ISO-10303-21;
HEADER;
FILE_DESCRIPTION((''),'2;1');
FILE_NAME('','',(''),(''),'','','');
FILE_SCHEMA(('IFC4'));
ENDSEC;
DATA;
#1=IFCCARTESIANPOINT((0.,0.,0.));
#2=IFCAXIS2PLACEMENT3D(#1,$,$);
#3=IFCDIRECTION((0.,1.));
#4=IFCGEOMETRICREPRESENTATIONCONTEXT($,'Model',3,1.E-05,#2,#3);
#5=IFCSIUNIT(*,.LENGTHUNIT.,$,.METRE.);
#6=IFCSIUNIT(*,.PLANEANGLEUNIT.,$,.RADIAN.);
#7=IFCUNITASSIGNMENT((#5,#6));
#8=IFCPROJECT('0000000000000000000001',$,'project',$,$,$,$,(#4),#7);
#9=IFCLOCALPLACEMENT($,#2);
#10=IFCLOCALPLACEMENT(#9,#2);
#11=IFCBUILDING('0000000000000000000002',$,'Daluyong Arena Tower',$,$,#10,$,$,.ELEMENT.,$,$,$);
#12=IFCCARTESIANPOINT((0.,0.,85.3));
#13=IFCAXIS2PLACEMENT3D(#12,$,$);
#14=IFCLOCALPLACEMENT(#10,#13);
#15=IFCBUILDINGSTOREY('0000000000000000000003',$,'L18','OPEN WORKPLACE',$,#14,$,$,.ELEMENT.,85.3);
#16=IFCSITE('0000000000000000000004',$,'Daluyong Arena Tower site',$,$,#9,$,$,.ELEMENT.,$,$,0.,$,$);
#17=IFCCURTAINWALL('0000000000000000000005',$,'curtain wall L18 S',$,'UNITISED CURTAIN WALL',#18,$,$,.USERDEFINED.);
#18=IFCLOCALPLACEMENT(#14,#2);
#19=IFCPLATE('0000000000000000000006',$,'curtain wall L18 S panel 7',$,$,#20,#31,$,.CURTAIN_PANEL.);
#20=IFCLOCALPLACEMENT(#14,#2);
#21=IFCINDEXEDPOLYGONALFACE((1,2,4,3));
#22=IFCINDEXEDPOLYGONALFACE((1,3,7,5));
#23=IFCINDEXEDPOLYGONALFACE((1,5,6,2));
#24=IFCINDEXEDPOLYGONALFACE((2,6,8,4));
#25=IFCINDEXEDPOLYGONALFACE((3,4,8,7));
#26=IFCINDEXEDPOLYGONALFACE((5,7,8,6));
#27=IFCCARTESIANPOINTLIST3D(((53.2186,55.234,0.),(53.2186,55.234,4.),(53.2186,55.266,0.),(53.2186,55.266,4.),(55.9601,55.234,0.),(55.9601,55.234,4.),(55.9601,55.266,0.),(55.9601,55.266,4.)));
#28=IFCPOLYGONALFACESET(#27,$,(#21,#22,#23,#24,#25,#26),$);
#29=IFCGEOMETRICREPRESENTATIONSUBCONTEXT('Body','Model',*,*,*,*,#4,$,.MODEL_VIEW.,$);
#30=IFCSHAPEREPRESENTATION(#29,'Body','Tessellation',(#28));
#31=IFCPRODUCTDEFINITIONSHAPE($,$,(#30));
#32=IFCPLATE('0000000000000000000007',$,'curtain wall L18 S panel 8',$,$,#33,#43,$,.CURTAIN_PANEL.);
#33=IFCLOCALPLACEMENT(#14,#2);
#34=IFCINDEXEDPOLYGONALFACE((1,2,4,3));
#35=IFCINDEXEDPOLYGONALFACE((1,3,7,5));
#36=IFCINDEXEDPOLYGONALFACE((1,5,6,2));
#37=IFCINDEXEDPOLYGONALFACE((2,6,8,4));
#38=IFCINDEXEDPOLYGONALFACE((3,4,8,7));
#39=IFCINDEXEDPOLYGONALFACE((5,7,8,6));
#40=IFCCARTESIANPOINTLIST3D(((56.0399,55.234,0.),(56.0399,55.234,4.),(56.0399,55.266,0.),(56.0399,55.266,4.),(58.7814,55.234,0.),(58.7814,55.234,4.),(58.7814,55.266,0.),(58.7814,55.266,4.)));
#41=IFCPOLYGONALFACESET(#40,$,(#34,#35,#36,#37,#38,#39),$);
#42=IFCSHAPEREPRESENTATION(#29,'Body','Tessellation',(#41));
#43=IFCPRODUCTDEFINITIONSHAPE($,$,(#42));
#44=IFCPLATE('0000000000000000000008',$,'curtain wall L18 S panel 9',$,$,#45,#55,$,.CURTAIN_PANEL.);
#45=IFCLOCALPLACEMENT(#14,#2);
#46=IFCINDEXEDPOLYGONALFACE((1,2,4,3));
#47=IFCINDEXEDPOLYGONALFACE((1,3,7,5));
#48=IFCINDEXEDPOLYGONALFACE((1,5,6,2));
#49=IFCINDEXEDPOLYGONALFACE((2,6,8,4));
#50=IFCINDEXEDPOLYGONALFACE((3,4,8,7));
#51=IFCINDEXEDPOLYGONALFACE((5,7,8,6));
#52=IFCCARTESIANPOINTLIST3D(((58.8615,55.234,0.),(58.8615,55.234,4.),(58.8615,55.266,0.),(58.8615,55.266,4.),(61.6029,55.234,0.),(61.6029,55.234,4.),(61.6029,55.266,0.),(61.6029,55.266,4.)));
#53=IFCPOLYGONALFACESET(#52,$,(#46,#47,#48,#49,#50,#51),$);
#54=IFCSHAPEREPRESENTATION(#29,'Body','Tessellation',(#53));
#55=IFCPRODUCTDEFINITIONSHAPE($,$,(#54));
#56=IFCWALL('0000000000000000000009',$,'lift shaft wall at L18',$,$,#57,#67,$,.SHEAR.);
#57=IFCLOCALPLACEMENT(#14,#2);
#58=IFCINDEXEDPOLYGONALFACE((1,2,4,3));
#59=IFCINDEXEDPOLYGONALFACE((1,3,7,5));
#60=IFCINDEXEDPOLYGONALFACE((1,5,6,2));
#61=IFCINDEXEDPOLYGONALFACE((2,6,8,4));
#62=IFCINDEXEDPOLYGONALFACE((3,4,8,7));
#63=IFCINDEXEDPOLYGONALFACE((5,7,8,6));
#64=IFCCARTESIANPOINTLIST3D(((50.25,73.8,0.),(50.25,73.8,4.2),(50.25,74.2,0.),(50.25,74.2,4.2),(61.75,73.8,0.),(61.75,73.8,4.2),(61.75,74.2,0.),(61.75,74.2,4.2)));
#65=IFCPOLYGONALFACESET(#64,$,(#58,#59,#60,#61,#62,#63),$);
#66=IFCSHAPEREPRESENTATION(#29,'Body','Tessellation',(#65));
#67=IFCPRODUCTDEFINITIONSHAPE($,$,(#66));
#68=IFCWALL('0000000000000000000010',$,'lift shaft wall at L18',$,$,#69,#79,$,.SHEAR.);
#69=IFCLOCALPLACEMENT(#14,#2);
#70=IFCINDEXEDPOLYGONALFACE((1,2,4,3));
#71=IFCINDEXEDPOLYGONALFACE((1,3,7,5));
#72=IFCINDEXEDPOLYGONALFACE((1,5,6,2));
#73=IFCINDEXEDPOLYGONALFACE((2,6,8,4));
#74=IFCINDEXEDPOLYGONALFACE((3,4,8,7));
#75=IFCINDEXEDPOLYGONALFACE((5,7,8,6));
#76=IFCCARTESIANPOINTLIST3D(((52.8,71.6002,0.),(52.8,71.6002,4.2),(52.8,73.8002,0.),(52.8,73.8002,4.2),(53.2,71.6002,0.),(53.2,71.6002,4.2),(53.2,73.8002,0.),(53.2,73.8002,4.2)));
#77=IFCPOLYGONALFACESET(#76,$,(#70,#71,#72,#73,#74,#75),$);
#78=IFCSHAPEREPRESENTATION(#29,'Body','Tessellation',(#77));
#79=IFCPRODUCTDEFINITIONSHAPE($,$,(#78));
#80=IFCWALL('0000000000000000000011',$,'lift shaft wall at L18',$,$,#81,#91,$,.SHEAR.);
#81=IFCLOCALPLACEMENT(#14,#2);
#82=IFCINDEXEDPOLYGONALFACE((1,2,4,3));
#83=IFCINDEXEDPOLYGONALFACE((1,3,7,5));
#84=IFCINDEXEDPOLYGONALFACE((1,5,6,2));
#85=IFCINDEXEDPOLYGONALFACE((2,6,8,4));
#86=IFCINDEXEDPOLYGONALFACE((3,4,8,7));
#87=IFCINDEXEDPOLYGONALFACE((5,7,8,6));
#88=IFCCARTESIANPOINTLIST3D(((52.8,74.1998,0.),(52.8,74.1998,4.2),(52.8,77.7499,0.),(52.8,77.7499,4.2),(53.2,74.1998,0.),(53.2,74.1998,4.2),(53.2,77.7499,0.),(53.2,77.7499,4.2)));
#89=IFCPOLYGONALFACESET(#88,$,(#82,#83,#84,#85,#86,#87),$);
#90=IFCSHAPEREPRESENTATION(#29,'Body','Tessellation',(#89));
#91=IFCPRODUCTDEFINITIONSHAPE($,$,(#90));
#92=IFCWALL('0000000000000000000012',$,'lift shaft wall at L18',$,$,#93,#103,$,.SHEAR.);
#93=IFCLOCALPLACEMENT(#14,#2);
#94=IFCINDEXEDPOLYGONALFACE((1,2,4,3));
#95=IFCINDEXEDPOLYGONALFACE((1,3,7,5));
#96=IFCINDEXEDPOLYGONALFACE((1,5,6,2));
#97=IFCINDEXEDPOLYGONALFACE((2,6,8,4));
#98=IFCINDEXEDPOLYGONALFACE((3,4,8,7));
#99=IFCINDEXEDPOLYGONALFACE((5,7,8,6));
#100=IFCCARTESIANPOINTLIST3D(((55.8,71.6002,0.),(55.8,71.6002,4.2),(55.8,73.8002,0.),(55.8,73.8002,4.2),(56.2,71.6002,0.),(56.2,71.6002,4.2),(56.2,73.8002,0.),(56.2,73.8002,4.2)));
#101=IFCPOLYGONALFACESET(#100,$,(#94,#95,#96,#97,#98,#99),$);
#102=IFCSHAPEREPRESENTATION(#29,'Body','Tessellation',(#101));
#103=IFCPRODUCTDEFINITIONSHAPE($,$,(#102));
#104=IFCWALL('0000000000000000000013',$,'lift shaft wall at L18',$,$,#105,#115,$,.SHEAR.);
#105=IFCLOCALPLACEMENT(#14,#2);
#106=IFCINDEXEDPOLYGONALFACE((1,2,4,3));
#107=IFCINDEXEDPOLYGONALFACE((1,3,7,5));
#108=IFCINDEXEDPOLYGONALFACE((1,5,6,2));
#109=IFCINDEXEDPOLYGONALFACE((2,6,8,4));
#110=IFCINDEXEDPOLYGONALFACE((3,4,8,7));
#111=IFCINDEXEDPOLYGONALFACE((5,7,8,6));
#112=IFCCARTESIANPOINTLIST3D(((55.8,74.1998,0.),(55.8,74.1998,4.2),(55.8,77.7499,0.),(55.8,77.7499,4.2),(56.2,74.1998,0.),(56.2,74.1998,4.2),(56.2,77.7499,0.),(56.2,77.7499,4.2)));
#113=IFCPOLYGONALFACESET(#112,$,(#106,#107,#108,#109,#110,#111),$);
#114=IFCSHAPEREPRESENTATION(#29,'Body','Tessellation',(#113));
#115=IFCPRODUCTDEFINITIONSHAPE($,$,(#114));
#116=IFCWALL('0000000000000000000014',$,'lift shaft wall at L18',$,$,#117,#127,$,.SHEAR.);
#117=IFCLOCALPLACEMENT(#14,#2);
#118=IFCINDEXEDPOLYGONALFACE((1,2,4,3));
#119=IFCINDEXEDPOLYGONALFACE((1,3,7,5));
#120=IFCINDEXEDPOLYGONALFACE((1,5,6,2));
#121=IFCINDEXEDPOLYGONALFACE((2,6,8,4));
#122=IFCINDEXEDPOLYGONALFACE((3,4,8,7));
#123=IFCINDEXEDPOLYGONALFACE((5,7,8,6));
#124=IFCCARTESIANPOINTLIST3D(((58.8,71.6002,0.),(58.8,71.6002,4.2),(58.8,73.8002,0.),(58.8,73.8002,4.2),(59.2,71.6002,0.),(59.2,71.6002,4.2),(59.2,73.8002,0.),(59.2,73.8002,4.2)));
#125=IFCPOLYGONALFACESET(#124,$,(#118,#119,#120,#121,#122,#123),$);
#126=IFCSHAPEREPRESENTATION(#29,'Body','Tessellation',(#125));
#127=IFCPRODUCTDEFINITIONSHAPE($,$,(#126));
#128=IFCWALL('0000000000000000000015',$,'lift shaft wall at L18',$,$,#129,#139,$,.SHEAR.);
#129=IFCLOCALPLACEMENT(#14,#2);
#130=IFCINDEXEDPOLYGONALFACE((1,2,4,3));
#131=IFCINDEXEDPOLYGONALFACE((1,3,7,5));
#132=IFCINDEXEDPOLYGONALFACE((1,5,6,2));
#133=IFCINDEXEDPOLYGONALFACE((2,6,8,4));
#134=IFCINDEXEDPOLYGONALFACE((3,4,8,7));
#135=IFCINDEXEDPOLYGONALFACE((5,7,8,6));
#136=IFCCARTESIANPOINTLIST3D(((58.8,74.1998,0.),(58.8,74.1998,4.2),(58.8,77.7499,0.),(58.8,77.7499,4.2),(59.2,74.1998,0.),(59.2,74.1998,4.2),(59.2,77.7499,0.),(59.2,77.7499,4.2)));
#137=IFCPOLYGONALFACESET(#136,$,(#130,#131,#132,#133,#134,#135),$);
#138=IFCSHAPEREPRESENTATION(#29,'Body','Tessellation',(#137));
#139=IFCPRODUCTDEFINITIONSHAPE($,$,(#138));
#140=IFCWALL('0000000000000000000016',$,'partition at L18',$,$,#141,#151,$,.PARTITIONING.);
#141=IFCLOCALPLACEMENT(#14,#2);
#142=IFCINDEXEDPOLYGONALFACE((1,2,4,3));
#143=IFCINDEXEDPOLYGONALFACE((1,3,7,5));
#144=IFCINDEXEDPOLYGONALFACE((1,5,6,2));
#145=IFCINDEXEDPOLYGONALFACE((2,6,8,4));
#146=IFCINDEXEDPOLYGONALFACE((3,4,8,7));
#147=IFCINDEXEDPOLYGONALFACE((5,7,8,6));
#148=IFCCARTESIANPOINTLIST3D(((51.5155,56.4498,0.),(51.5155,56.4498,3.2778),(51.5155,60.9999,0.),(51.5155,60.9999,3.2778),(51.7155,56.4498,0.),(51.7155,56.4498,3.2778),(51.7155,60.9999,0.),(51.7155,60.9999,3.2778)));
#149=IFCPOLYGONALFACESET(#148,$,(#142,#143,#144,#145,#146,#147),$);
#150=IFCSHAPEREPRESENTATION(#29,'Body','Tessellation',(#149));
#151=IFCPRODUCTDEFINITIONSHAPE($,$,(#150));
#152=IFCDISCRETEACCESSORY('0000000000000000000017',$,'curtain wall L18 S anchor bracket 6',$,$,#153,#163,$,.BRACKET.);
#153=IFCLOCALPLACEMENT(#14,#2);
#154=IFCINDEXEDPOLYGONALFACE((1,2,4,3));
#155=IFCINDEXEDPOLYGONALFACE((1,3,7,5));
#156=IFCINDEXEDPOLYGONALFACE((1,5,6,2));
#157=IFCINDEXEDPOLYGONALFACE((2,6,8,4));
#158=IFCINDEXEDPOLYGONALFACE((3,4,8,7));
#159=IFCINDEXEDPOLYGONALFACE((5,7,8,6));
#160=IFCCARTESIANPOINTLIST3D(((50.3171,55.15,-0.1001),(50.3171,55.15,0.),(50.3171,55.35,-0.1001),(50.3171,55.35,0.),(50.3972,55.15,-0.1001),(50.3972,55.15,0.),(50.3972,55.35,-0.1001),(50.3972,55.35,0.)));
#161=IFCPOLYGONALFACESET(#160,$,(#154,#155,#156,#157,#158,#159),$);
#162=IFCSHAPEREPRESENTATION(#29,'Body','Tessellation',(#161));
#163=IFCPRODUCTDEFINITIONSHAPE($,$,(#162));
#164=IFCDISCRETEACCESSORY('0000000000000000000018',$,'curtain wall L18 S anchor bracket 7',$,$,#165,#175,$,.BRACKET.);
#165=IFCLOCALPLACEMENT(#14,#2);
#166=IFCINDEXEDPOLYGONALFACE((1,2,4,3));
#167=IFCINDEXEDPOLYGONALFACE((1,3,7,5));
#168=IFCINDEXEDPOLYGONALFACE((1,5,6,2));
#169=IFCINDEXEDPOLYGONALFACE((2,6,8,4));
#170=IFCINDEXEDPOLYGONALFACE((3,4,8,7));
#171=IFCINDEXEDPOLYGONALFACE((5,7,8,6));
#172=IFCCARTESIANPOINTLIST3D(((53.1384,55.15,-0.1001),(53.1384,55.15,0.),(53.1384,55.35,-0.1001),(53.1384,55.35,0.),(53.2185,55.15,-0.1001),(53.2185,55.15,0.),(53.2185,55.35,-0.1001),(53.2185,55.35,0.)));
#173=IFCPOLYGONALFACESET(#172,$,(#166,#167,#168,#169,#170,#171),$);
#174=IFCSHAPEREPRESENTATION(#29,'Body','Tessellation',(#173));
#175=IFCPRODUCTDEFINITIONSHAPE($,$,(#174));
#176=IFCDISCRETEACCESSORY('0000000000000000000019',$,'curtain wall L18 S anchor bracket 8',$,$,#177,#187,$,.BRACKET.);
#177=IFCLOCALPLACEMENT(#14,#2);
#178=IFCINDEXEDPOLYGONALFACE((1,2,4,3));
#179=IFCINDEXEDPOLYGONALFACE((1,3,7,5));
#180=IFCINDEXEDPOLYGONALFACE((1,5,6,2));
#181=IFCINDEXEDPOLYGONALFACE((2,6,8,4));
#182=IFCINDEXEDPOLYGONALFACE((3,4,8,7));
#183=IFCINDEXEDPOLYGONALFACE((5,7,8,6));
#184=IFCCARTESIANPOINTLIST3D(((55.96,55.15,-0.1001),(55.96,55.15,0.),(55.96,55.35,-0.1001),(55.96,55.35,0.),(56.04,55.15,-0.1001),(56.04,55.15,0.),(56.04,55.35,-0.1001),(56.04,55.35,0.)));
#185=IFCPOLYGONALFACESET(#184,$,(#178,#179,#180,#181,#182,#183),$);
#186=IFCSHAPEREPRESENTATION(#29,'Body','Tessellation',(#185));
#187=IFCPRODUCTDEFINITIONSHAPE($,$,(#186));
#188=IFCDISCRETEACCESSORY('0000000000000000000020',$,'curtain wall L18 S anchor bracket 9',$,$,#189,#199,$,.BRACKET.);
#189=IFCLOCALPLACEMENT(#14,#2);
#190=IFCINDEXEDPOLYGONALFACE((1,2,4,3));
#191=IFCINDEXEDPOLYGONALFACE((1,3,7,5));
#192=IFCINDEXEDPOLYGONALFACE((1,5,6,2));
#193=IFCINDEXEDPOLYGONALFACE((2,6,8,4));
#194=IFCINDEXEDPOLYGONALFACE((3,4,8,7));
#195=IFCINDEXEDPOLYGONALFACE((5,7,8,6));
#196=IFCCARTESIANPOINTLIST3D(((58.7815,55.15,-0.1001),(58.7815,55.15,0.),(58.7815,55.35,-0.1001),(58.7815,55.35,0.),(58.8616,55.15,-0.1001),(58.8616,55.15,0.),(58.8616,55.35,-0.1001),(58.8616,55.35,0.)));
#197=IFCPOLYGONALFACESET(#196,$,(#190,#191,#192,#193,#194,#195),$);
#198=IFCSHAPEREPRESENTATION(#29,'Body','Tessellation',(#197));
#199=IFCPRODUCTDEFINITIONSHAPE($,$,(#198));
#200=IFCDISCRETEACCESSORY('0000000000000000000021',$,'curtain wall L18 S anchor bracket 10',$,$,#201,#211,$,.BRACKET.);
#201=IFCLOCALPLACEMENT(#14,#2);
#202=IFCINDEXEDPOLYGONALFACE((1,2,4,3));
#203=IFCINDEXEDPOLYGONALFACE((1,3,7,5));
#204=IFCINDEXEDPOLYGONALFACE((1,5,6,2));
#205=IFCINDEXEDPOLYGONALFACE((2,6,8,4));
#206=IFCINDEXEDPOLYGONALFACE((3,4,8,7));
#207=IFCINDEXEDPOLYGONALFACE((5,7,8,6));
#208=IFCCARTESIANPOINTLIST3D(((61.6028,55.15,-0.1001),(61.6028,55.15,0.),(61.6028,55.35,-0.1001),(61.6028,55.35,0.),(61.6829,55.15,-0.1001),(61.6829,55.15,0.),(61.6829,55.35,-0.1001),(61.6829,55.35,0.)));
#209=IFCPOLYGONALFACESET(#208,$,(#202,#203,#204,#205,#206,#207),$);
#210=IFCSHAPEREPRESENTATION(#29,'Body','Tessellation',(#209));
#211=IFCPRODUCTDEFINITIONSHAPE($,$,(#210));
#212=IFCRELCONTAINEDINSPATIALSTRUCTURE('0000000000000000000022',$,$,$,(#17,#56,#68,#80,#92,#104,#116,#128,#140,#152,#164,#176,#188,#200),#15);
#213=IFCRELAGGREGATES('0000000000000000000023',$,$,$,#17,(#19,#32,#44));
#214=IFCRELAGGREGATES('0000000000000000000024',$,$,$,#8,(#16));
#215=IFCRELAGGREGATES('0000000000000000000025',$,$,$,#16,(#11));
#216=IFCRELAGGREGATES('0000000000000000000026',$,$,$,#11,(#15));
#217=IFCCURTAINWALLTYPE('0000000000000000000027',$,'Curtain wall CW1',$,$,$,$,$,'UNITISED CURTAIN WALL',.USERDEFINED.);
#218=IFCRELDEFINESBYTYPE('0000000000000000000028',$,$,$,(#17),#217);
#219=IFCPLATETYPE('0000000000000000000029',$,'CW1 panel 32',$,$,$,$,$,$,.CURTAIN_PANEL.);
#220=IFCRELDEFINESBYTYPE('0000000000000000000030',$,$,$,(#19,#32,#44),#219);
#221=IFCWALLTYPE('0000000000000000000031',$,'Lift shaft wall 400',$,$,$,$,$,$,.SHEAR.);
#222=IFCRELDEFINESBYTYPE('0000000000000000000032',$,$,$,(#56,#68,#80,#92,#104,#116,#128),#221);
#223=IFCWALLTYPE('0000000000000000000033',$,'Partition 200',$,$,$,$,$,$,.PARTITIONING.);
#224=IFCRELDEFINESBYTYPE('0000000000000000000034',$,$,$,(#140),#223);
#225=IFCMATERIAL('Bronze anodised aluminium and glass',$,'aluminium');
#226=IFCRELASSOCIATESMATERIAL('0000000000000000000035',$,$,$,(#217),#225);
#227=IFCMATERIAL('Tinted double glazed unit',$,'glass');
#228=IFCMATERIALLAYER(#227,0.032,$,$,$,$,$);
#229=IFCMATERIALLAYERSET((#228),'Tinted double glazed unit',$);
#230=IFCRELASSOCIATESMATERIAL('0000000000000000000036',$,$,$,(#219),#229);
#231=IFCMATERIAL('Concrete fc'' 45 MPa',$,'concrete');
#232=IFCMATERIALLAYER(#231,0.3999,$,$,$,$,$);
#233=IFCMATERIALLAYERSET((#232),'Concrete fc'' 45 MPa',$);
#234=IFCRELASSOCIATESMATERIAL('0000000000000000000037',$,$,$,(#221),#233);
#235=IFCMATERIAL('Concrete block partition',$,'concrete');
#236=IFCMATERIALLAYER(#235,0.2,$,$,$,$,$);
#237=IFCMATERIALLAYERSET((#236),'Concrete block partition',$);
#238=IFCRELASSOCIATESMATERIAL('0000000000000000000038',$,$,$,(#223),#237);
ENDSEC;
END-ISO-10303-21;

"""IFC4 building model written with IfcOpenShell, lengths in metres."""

from ifc_helpers import new_model, si_unit, direction, frame, frame_2d, origin, origin_2d, place, context, subcontext, project, spatial, rectangle, extrude, material, layer, layer_set, type_object, element, aggregate, save


model = new_model("IFC4")

# Units and contexts
model_context = context("Model", 3, precision=1e-05, world=origin(), true_north=direction((0.0, 1.0)))
body_context = subcontext(model_context, "Body", "Model", "MODEL_VIEW")
ifc_project = project(units=[si_unit("LENGTHUNIT", "METRE"), si_unit("PLANEANGLEUNIT", "RADIAN")], contexts=[model_context])

# Site, building, storey
site_placement = place(None, origin())
site = spatial("IfcSite", under=ifc_project, at=site_placement, Name="Daluyong Arena Tower site", CompositionType="ELEMENT", RefElevation=0.0)
building_placement = place(site_placement, origin())
building = spatial("IfcBuilding", under=site, at=building_placement, Name="Daluyong Arena Tower", CompositionType="ELEMENT")
storey_placement = place(building_placement, frame((0.0, 0.0, 85.3)))
storey = spatial("IfcBuildingStorey", under=building, at=storey_placement, Name="L18", Description="OPEN WORKPLACE", CompositionType="ELEMENT", Elevation=85.3)

# Curtain wall
ifc_material_1 = material(Name="Bronze anodised aluminium and glass", Category="aluminium")
curtain_wall_type = type_object("IfcCurtainWallType", Name="Curtain wall CW1", ElementType="UNITISED CURTAIN WALL", PredefinedType="USERDEFINED", material=ifc_material_1)
curtain_wall_placement = place(storey_placement, origin())
curtain_wall = element("IfcCurtainWall", 1, at=curtain_wall_placement, inside=storey, type_object=curtain_wall_type, Name="curtain wall L18 S", ObjectType="UNITISED CURTAIN WALL", PredefinedType="USERDEFINED")

# Plates
ifc_material_2 = material(Name="Tinted double glazed unit", Category="glass")
ifc_layer_1 = layer(ifc_material_2, 0.032)
ifc_layer_set_1 = layer_set([ifc_layer_1], Name="Tinted double glazed unit")
plate_type = type_object("IfcPlateType", Name="CW1 panel 32", PredefinedType="CURTAIN_PANEL", material=ifc_layer_set_1)
plate_1_placement = place(storey_placement, frame((54.5894, 55.25, 0.0), z_axis=(0.0, 0.0, 1.0), x_axis=(1.0, 0.0, 0.0)))
plate_1 = element("IfcPlate", 2, at=plate_1_placement, type_object=plate_type, Name="curtain wall L18 S panel 7", PredefinedType="CURTAIN_PANEL", context=body_context, shape_type="SweptSolid", body=[
    extrude(rectangle(XDim=2.7415, YDim=0.032, at=origin_2d()), origin(), (0.0, 0.0, 1.0), 4.0),
])
plate_2_placement = place(storey_placement, frame((57.4106, 55.25, 0.0), z_axis=(0.0, 0.0, 1.0), x_axis=(1.0, 0.0, 0.0)))
plate_2 = element("IfcPlate", 3, at=plate_2_placement, type_object=plate_type, Name="curtain wall L18 S panel 8", PredefinedType="CURTAIN_PANEL", context=body_context, shape_type="SweptSolid", body=[
    extrude(rectangle(XDim=2.7415, YDim=0.032, at=origin_2d()), origin(), (0.0, 0.0, 1.0), 4.0),
])
plate_3_placement = place(storey_placement, frame((60.2322, 55.25, 0.0), z_axis=(0.0, 0.0, 1.0), x_axis=(1.0, 0.0, 0.0)))
plate_3 = element("IfcPlate", 4, at=plate_3_placement, type_object=plate_type, Name="curtain wall L18 S panel 9", PredefinedType="CURTAIN_PANEL", context=body_context, shape_type="SweptSolid", body=[
    extrude(rectangle(XDim=2.7415, YDim=0.032, at=origin_2d()), origin(), (0.0, 0.0, 1.0), 4.0),
])
aggregate(curtain_wall, [plate_1, plate_2, plate_3])

# Walls
ifc_material_3 = material(Name="Concrete fc' 45 MPa", Category="concrete")
ifc_layer_2 = layer(ifc_material_3, 0.3999)
ifc_layer_set_2 = layer_set([ifc_layer_2], Name="Concrete fc' 45 MPa")
wall_type_1 = type_object("IfcWallType", Name="Lift shaft wall 400", PredefinedType="SHEAR", material=ifc_layer_set_2)
wall_1_placement = place(storey_placement, frame((50.25, 74.0, 0.0), z_axis=(0.0, 0.0, 1.0), x_axis=(1.0, 0.0, 0.0)))
element("IfcWall", 5, at=wall_1_placement, inside=storey, type_object=wall_type_1, Name="lift shaft wall at L18", PredefinedType="SHEAR", context=body_context, shape_type="SweptSolid", body=[
    extrude(rectangle(XDim=11.5, YDim=0.3999, at=frame_2d((5.75, 0.0))), origin(), (0.0, 0.0, 1.0), 4.2),
])
wall_2_placement = place(storey_placement, frame((53.0, 71.6001, 0.0), z_axis=(0.0, 0.0, 1.0), x_axis=(0.0, 1.0, 0.0)))
element("IfcWall", 6, at=wall_2_placement, inside=storey, type_object=wall_type_1, Name="lift shaft wall at L18", PredefinedType="SHEAR", context=body_context, shape_type="SweptSolid", body=[
    extrude(rectangle(XDim=2.2, YDim=0.3999, at=frame_2d((1.1001, 0.0))), origin(), (0.0, 0.0, 1.0), 4.2),
])
wall_3_placement = place(storey_placement, frame((53.0, 74.2, 0.0), z_axis=(0.0, 0.0, 1.0), x_axis=(0.0, 1.0, 0.0)))
element("IfcWall", 7, at=wall_3_placement, inside=storey, type_object=wall_type_1, Name="lift shaft wall at L18", PredefinedType="SHEAR", context=body_context, shape_type="SweptSolid", body=[
    extrude(rectangle(XDim=3.55, YDim=0.3999, at=frame_2d((1.7749, 0.0))), origin(), (0.0, 0.0, 1.0), 4.2),
])
wall_4_placement = place(storey_placement, frame((56.0, 71.6001, 0.0), z_axis=(0.0, 0.0, 1.0), x_axis=(0.0, 1.0, 0.0)))
element("IfcWall", 8, at=wall_4_placement, inside=storey, type_object=wall_type_1, Name="lift shaft wall at L18", PredefinedType="SHEAR", context=body_context, shape_type="SweptSolid", body=[
    extrude(rectangle(XDim=2.2, YDim=0.3999, at=frame_2d((1.1001, 0.0))), origin(), (0.0, 0.0, 1.0), 4.2),
])
wall_5_placement = place(storey_placement, frame((56.0, 74.2, 0.0), z_axis=(0.0, 0.0, 1.0), x_axis=(0.0, 1.0, 0.0)))
element("IfcWall", 9, at=wall_5_placement, inside=storey, type_object=wall_type_1, Name="lift shaft wall at L18", PredefinedType="SHEAR", context=body_context, shape_type="SweptSolid", body=[
    extrude(rectangle(XDim=3.55, YDim=0.3999, at=frame_2d((1.7749, 0.0))), origin(), (0.0, 0.0, 1.0), 4.2),
])
wall_6_placement = place(storey_placement, frame((59.0, 71.6001, 0.0), z_axis=(0.0, 0.0, 1.0), x_axis=(0.0, 1.0, 0.0)))
element("IfcWall", 10, at=wall_6_placement, inside=storey, type_object=wall_type_1, Name="lift shaft wall at L18", PredefinedType="SHEAR", context=body_context, shape_type="SweptSolid", body=[
    extrude(rectangle(XDim=2.2, YDim=0.3999, at=frame_2d((1.1001, 0.0))), origin(), (0.0, 0.0, 1.0), 4.2),
])
wall_7_placement = place(storey_placement, frame((59.0, 74.2, 0.0), z_axis=(0.0, 0.0, 1.0), x_axis=(0.0, 1.0, 0.0)))
element("IfcWall", 11, at=wall_7_placement, inside=storey, type_object=wall_type_1, Name="lift shaft wall at L18", PredefinedType="SHEAR", context=body_context, shape_type="SweptSolid", body=[
    extrude(rectangle(XDim=3.55, YDim=0.3999, at=frame_2d((1.7749, 0.0))), origin(), (0.0, 0.0, 1.0), 4.2),
])
ifc_material_4 = material(Name="Concrete block partition", Category="concrete")
ifc_layer_3 = layer(ifc_material_4, 0.2)
ifc_layer_set_3 = layer_set([ifc_layer_3], Name="Concrete block partition")
wall_type_2 = type_object("IfcWallType", Name="Partition 200", PredefinedType="PARTITIONING", material=ifc_layer_set_3)
wall_8_placement = place(storey_placement, frame((51.6155, 56.45, 0.0), z_axis=(0.0, 0.0, 1.0), x_axis=(0.0, 1.0, 0.0)))
element("IfcWall", 12, at=wall_8_placement, inside=storey, type_object=wall_type_2, Name="partition at L18", PredefinedType="PARTITIONING", context=body_context, shape_type="SweptSolid", body=[
    extrude(rectangle(XDim=4.55, YDim=0.2, at=frame_2d((2.2749, 0.0))), origin(), (0.0, 0.0, 1.0), 3.2778),
])

# Discrete accessories
for number, where, z_axis, x_axis, name in (
    (13, (50.3572, 55.25, -0.1001), (0.0, 0.0, 1.0), (1.0, 0.0, 0.0), "curtain wall L18 S anchor bracket 6"),
    (14, (53.1785, 55.25, -0.1001), (0.0, 0.0, 1.0), (1.0, 0.0, 0.0), "curtain wall L18 S anchor bracket 7"),
    (15, (56.0, 55.25, -0.1001), (0.0, 0.0, 1.0), (1.0, 0.0, 0.0), "curtain wall L18 S anchor bracket 8"),
    (16, (58.8215, 55.25, -0.1001), (0.0, 0.0, 1.0), (1.0, 0.0, 0.0), "curtain wall L18 S anchor bracket 9"),
    (17, (61.6428, 55.25, -0.1001), (0.0, 0.0, 1.0), (1.0, 0.0, 0.0), "curtain wall L18 S anchor bracket 10"),
):
    element("IfcDiscreteAccessory", number, at=place(storey_placement, frame(where, z_axis=z_axis, x_axis=x_axis)), inside=storey, Name=name, PredefinedType="BRACKET", context=body_context, shape_type="SweptSolid", body=[
        extrude(rectangle(XDim=0.0801, YDim=0.2, at=origin_2d()), origin(), (0.0, 0.0, 1.0), 0.1001),
    ])

save(model, "model.ifc")
